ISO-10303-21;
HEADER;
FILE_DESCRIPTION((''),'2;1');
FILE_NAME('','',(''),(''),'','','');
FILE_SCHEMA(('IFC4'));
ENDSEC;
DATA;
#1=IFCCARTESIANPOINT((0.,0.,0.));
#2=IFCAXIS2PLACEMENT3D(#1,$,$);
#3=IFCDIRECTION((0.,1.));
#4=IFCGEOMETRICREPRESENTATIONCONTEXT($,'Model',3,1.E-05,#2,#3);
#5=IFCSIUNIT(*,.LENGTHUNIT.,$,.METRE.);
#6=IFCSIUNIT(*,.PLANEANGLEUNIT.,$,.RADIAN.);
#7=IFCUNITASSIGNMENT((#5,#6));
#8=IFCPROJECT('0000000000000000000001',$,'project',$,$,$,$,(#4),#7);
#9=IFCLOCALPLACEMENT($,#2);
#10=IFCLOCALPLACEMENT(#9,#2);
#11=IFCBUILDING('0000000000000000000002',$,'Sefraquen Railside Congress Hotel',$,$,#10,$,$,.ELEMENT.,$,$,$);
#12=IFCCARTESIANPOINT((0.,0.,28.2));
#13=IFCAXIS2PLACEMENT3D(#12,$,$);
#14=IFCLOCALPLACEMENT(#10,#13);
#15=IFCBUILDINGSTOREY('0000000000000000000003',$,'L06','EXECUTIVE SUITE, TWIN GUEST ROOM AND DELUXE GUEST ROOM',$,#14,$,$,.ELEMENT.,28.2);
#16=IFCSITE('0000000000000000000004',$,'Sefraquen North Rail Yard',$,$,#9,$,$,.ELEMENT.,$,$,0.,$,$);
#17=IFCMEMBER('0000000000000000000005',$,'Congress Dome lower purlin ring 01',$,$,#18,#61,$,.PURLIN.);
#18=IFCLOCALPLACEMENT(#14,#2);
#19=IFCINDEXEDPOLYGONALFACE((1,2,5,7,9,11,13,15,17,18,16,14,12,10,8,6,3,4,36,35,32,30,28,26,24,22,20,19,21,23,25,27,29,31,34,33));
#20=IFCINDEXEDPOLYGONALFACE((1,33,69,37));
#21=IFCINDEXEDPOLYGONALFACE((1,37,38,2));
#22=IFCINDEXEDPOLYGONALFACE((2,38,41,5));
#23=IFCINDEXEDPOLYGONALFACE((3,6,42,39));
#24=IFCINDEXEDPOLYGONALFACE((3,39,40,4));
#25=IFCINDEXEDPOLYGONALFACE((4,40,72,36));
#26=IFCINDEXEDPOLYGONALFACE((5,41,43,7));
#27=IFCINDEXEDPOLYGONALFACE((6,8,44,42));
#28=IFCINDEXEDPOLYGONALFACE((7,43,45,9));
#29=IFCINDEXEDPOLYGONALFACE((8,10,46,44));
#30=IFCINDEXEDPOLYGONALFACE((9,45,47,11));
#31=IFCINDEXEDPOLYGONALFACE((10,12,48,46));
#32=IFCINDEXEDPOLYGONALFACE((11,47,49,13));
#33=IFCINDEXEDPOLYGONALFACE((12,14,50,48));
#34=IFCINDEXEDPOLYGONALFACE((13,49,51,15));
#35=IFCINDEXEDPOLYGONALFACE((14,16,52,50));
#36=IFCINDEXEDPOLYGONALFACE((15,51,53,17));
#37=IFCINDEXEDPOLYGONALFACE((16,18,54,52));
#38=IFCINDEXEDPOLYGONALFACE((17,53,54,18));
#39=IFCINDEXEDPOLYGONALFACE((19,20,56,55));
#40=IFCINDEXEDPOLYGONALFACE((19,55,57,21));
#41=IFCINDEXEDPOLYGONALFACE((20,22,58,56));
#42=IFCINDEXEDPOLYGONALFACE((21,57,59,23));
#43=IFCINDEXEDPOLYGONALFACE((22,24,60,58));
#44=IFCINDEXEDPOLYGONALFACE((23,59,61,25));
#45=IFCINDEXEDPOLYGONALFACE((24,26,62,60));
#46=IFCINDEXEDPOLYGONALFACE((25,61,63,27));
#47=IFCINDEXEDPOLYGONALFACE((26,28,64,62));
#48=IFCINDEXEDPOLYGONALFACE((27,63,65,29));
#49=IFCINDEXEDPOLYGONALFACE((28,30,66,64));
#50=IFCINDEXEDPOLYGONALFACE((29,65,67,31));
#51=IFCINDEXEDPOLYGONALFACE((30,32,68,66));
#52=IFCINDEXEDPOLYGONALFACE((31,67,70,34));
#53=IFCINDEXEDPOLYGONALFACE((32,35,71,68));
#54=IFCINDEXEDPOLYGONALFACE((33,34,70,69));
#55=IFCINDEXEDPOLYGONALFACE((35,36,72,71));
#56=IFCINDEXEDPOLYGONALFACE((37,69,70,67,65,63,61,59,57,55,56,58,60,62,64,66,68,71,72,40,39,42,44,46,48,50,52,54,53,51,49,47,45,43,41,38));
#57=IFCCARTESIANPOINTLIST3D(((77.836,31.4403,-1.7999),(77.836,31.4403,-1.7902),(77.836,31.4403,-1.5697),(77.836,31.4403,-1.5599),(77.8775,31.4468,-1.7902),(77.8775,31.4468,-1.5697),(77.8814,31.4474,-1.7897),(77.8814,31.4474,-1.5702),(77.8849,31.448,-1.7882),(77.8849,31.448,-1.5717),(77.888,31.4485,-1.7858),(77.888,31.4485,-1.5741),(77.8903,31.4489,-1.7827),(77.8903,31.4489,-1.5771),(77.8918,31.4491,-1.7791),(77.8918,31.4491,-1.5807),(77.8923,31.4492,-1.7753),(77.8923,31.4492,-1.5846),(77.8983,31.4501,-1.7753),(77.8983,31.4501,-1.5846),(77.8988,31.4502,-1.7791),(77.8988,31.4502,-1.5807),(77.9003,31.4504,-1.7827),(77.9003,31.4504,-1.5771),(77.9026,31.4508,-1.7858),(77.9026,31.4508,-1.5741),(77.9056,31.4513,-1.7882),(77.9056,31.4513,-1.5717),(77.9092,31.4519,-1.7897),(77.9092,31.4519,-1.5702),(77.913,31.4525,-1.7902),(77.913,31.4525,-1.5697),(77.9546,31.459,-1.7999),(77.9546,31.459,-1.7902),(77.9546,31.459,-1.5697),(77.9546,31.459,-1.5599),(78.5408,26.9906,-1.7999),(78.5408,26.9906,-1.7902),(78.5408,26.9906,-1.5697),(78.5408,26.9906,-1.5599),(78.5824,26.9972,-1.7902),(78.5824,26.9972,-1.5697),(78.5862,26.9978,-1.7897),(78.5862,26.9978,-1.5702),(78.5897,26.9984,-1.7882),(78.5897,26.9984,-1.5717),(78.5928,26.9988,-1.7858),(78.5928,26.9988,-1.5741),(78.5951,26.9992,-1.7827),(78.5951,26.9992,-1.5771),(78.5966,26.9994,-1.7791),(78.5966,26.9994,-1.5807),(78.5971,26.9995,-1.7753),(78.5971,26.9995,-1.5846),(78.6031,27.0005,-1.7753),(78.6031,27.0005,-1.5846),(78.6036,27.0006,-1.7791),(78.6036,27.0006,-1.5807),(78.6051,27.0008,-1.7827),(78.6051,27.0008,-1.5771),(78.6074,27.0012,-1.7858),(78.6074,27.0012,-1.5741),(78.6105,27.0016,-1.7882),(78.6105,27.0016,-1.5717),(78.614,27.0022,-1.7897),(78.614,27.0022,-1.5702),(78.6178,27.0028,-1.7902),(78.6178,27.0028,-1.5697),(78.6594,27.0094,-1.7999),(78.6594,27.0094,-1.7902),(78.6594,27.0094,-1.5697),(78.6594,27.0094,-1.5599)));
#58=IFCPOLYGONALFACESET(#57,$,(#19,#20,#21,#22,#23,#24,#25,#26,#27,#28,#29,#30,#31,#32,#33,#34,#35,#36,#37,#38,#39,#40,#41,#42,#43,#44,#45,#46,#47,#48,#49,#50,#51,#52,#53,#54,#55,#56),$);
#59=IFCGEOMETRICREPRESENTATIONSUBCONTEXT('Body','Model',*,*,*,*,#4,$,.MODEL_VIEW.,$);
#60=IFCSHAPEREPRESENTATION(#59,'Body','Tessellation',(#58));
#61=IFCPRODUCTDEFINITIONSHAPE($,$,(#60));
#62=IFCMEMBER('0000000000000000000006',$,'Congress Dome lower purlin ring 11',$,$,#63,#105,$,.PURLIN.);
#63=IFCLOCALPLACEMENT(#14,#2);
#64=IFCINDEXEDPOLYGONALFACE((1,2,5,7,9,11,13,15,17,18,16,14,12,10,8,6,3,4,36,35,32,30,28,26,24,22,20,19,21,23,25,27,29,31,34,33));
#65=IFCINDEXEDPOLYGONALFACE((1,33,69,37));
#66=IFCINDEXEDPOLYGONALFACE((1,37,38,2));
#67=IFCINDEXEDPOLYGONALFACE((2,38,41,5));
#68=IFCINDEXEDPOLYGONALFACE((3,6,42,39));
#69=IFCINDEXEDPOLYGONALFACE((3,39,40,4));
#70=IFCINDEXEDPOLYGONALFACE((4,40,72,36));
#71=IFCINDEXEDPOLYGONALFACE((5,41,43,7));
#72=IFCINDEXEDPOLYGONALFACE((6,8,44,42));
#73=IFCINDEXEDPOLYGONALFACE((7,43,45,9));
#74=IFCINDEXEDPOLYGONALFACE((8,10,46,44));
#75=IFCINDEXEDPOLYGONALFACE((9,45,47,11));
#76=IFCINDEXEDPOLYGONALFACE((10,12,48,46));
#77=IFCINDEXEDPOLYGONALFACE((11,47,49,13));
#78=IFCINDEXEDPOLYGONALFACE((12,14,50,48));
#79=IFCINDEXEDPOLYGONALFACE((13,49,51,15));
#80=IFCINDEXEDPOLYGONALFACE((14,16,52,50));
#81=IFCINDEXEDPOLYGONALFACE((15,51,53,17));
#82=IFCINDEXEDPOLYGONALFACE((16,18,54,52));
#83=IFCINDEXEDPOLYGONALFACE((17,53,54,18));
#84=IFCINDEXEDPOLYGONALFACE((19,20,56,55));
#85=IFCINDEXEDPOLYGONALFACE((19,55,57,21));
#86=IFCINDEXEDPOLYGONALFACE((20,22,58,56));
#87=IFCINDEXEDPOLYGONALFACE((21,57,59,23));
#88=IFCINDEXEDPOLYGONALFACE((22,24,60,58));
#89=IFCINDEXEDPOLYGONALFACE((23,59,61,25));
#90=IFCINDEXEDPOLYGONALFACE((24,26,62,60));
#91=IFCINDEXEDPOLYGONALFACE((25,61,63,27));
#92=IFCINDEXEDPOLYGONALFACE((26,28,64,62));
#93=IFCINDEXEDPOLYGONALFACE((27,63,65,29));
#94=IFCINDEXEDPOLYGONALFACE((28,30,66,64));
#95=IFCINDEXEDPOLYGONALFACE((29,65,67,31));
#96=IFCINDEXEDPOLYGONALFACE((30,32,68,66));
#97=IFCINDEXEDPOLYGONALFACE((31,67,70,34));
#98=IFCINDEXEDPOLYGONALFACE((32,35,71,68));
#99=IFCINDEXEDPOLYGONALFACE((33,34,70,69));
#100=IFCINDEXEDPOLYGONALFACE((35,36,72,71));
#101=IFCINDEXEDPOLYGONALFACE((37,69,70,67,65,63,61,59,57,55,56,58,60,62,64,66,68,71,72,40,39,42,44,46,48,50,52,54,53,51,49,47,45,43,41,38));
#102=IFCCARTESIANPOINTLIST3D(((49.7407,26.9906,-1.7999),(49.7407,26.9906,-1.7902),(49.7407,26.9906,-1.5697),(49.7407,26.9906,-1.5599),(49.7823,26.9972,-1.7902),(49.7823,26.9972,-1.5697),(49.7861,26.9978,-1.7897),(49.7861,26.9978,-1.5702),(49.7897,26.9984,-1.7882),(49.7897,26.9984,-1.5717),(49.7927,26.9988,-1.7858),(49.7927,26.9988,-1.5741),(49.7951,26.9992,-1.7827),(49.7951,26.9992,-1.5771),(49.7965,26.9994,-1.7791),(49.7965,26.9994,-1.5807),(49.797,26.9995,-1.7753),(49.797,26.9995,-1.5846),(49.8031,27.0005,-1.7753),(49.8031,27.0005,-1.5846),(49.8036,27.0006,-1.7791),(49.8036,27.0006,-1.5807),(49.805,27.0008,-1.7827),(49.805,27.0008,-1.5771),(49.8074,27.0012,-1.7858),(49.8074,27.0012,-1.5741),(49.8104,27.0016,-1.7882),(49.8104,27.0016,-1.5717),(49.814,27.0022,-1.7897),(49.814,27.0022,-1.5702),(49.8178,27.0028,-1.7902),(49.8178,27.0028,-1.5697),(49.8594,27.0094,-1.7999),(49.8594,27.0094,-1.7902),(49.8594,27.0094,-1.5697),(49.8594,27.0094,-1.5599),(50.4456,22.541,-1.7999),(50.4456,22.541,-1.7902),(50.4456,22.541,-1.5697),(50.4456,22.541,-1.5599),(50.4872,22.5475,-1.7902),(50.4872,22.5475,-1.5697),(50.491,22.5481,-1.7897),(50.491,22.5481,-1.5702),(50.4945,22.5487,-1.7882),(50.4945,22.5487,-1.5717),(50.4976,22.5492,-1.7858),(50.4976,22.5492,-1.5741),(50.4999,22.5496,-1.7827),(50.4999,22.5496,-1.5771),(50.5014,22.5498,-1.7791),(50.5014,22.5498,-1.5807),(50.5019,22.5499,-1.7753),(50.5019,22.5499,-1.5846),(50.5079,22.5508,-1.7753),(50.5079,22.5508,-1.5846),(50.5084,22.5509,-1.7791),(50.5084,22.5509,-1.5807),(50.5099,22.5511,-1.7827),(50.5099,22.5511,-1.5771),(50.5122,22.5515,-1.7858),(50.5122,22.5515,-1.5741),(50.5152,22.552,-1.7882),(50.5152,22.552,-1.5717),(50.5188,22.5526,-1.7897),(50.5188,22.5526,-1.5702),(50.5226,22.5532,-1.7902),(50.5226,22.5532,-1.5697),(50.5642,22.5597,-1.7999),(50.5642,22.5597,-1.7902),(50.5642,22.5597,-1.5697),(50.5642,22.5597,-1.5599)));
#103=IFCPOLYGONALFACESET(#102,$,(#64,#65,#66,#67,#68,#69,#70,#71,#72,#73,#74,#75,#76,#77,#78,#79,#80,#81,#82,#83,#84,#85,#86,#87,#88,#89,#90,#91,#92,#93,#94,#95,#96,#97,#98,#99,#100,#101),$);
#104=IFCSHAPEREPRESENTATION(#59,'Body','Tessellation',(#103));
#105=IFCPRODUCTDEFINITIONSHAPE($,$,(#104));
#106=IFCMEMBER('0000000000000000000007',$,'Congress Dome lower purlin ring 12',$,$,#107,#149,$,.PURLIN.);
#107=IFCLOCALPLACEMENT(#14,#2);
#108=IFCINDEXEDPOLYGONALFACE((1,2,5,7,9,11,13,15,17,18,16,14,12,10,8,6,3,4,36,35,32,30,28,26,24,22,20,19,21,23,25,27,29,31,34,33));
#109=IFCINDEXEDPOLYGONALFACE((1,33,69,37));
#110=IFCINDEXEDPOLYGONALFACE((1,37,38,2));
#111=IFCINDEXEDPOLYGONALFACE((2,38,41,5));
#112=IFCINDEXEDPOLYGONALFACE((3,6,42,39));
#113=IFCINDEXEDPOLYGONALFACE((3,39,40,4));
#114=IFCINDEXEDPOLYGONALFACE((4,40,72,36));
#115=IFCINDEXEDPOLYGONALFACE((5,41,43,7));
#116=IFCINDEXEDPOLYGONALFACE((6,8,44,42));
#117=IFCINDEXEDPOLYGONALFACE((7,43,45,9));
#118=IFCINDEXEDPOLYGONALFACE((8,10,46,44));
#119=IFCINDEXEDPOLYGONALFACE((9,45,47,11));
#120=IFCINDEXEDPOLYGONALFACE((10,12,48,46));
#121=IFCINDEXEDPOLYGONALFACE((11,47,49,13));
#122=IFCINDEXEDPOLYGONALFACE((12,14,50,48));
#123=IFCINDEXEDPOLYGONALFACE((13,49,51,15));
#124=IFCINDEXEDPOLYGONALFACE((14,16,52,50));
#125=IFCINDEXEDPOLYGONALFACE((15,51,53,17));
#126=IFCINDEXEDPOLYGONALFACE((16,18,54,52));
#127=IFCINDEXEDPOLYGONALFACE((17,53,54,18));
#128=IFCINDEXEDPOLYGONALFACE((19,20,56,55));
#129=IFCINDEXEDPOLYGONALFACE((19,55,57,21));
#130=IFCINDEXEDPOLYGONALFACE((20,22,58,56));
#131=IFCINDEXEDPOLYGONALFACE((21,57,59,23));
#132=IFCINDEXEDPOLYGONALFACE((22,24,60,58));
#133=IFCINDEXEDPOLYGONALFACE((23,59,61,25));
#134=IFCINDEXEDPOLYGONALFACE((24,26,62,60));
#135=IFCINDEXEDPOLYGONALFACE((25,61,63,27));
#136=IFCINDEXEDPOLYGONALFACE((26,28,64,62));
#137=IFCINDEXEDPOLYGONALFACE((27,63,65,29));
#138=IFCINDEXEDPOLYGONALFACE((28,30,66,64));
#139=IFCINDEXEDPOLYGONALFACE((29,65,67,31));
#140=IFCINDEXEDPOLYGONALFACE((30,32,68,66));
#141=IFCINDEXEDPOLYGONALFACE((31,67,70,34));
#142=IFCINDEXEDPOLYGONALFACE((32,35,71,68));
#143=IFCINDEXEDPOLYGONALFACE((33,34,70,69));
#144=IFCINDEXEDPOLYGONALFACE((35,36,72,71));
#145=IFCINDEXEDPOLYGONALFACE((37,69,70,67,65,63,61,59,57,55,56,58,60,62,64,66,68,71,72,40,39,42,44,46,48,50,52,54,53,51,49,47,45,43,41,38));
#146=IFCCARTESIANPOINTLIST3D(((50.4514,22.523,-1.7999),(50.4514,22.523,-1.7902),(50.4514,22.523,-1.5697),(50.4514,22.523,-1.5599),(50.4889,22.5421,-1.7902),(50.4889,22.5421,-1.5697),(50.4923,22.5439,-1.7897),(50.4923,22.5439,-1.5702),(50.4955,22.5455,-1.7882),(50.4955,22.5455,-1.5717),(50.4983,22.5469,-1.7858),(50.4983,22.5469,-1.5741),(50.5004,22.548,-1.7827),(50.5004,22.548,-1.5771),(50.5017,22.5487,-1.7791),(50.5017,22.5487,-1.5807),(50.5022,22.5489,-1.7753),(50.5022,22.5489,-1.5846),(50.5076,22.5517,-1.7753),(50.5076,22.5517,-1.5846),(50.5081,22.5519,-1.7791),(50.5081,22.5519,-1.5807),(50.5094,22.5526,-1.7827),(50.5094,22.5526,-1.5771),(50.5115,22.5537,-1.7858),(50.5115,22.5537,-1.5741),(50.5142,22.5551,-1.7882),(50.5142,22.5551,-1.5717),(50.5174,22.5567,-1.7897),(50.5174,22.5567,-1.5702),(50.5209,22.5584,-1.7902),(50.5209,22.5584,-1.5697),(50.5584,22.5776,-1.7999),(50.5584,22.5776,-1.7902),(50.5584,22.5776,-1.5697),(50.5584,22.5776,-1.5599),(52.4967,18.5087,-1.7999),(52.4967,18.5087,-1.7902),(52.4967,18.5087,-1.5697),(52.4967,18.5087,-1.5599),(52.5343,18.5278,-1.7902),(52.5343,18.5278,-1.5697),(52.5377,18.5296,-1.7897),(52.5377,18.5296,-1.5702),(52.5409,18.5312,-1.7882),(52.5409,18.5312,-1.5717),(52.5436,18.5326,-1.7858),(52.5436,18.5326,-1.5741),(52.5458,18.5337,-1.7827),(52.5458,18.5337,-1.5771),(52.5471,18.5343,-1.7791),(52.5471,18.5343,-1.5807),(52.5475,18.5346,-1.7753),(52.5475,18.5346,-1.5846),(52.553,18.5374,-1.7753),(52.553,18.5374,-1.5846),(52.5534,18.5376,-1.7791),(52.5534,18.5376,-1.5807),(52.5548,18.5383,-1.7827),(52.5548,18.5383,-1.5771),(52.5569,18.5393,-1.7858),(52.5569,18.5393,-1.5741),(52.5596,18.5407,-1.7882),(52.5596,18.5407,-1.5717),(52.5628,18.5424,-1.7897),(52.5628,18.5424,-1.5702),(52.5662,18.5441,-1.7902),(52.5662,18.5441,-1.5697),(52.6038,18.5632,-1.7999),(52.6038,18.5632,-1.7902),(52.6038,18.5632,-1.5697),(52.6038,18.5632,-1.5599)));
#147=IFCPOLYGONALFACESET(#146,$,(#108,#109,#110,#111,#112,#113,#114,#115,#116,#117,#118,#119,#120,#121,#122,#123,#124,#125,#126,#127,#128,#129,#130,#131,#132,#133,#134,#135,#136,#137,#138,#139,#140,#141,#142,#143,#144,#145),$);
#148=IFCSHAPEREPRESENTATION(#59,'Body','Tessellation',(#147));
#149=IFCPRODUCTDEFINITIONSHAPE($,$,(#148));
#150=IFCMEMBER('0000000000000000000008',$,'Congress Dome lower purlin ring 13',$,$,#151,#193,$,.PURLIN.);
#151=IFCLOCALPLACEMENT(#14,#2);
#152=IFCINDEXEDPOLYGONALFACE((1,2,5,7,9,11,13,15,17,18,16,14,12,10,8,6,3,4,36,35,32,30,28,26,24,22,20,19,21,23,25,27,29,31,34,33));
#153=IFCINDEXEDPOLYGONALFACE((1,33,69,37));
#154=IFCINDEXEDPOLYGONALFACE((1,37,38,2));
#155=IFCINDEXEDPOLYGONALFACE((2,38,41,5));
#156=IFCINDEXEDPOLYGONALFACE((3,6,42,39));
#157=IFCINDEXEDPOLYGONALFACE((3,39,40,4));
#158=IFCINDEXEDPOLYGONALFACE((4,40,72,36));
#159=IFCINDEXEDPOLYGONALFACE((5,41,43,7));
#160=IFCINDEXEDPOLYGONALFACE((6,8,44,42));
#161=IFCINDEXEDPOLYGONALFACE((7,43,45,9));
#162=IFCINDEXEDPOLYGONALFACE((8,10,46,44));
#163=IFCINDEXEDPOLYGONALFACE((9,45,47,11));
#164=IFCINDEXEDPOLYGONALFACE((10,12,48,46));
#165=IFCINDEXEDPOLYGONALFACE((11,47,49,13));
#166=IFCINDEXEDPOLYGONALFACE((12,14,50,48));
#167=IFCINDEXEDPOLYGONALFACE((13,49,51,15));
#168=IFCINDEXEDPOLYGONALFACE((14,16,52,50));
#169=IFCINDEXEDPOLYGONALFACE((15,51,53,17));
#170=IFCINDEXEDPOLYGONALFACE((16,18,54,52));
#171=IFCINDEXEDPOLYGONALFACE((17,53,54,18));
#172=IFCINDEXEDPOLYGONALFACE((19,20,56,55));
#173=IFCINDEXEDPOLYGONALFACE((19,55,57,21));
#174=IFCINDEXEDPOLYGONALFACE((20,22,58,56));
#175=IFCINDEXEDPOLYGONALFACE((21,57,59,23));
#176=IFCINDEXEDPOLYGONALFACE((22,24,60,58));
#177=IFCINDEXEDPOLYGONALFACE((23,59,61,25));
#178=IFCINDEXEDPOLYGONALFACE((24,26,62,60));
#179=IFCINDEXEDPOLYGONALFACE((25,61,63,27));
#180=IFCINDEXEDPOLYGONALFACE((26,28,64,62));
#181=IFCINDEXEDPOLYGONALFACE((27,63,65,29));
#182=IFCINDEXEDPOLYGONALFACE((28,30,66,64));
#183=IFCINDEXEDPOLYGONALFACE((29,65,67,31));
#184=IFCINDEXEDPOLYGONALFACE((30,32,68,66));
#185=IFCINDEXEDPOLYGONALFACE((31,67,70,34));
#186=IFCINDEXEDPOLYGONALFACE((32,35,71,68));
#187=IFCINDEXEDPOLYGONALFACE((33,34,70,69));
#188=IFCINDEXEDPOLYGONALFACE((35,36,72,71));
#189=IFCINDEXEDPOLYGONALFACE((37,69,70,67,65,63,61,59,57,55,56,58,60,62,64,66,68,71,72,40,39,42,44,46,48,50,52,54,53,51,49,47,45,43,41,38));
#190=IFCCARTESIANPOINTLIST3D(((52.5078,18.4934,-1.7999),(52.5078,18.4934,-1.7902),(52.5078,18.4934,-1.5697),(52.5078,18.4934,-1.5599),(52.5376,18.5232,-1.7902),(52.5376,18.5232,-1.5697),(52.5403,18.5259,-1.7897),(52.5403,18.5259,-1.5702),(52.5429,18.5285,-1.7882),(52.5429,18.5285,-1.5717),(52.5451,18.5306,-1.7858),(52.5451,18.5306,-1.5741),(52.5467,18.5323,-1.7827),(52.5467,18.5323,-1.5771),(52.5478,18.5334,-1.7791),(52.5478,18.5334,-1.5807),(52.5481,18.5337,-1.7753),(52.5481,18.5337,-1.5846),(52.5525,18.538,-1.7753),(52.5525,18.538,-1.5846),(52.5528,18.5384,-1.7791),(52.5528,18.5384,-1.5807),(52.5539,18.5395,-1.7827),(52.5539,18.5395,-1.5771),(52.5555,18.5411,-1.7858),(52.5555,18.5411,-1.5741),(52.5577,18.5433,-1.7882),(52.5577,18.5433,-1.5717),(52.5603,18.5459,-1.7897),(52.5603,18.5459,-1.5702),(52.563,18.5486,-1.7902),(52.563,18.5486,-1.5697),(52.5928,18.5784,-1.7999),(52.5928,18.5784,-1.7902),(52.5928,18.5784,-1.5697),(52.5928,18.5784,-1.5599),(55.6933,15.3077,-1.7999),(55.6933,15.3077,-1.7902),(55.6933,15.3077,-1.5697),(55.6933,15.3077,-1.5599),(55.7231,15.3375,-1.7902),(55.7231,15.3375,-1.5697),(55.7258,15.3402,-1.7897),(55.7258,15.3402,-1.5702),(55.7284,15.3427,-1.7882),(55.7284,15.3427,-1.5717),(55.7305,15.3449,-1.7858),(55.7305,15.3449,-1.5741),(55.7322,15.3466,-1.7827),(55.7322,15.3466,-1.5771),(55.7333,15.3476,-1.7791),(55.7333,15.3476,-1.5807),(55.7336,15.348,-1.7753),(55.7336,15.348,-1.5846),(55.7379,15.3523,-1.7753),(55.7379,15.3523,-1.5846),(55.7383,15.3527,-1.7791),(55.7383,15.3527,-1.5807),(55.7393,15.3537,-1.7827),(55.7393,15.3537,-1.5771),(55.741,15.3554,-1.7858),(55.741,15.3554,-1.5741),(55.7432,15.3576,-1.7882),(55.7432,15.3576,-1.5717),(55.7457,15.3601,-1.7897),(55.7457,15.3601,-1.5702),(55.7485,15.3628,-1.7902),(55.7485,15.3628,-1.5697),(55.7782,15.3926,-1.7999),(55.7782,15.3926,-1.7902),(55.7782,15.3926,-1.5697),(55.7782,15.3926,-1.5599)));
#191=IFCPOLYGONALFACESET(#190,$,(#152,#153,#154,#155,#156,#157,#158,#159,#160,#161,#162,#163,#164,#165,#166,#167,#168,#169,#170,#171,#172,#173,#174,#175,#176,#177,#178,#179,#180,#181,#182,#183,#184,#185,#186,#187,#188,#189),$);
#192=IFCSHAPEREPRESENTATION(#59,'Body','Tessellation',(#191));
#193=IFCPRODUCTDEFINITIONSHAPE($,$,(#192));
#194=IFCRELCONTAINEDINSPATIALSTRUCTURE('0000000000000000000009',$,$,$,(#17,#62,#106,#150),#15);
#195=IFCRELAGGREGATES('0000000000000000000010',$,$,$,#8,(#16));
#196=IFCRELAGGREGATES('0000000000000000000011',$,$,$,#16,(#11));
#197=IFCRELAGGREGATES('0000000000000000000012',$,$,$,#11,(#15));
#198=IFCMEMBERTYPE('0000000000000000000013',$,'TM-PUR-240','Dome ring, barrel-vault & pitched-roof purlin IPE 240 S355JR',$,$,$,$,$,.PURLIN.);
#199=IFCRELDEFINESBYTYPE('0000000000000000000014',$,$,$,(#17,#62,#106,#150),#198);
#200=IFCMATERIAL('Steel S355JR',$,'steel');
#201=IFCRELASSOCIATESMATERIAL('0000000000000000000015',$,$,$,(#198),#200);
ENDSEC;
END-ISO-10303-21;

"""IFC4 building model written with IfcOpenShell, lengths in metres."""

from ifc_helpers import new_model, si_unit, direction, frame, origin, origin_2d, place, context, subcontext, project, spatial, i_section, extrude, material, material_profile, profile_set, type_object, element, save


model = new_model("IFC4")

# Units and contexts
model_context = context("Model", 3, precision=1e-05, world=origin(), true_north=direction((0.0, 1.0)))
body_context = subcontext(model_context, "Body", "Model", "MODEL_VIEW")
ifc_project = project(units=[si_unit("LENGTHUNIT", "METRE"), si_unit("PLANEANGLEUNIT", "RADIAN")], contexts=[model_context])

# Site, building, storey
site_placement = place(None, origin())
site = spatial("IfcSite", under=ifc_project, at=site_placement, Name="Sefraquen North Rail Yard", CompositionType="ELEMENT", RefElevation=0.0)
building_placement = place(site_placement, origin())
building = spatial("IfcBuilding", under=site, at=building_placement, Name="Sefraquen Railside Congress Hotel", CompositionType="ELEMENT")
storey_placement = place(building_placement, frame((0.0, 0.0, 28.2)))
storey = spatial("IfcBuildingStorey", under=building, at=storey_placement, Name="L06", Description="EXECUTIVE SUITE, TWIN GUEST ROOM AND DELUXE GUEST ROOM", CompositionType="ELEMENT", Elevation=28.2)

# Members
ifc_material_1 = material(Name="Steel S355JR", Category="steel")
ifc_material_profile = material_profile(ifc_material_1, i_section(OverallWidth=0.1201, OverallDepth=0.24, WebThickness=0.0061, FlangeThickness=0.0098, FilletRadius=0.0149, at=origin_2d()), Name="IPE 240")
ifc_profile_set = profile_set([ifc_material_profile], Name="Steel S355JR")
member_type = type_object("IfcMemberType", Name="TM-PUR-240", Description="Dome ring, barrel-vault & pitched-roof purlin IPE 240 S355JR", PredefinedType="PURLIN", material=ifc_profile_set)
for number, where, z_axis, x_axis, name in (
    (1, (78.6001, 27.0, -1.6799), (-0.15645, 0.987686, 0.0), (-0.987686, -0.15645, 0.0), "Congress Dome lower purlin ring 01"),
    (2, (49.8, 27.0, -1.6799), (0.15645, -0.987686, 0.0), (0.987686, 0.15645, 0.0), "Congress Dome lower purlin ring 11"),
):
    element("IfcMember", number, at=place(storey_placement, frame(where, z_axis=z_axis, x_axis=x_axis)), inside=storey, type_object=member_type, Name=name, PredefinedType="PURLIN", context=body_context, shape_type="SweptSolid", body=[
        extrude(i_section(OverallWidth=0.1201, OverallDepth=0.24, WebThickness=0.0061, FlangeThickness=0.0098, FilletRadius=0.0149, at=origin_2d()), origin(), (0.0, 0.0, 1.0), 4.5051),
    ])
member_1_placement = place(storey_placement, frame((50.5049, 22.5503, -1.6799), z_axis=(0.453985, -0.891009, 0.0), x_axis=(0.891009, 0.453985, 0.0)))
element("IfcMember", 3, at=member_1_placement, inside=storey, type_object=member_type, Name="Congress Dome lower purlin ring 12", PredefinedType="PURLIN", context=body_context, shape_type="SweptSolid", body=[
    extrude(i_section(OverallWidth=0.1201, OverallDepth=0.24, WebThickness=0.0061, FlangeThickness=0.0098, FilletRadius=0.0149, at=origin_2d()), origin(), (0.0, 0.0, 1.0), 4.5054),
])
member_2_placement = place(storey_placement, frame((52.5503, 18.5359, -1.6799), z_axis=(0.70708, -0.707134, 0.0), x_axis=(0.707134, 0.70708, 0.0)))
element("IfcMember", 4, at=member_2_placement, inside=storey, type_object=member_type, Name="Congress Dome lower purlin ring 13", PredefinedType="PURLIN", context=body_context, shape_type="SweptSolid", body=[
    extrude(i_section(OverallWidth=0.1201, OverallDepth=0.24, WebThickness=0.0061, FlangeThickness=0.0098, FilletRadius=0.0149, at=origin_2d()), origin(), (0.0, 0.0, 1.0), 4.5051),
])

save(model, "model.ifc")
